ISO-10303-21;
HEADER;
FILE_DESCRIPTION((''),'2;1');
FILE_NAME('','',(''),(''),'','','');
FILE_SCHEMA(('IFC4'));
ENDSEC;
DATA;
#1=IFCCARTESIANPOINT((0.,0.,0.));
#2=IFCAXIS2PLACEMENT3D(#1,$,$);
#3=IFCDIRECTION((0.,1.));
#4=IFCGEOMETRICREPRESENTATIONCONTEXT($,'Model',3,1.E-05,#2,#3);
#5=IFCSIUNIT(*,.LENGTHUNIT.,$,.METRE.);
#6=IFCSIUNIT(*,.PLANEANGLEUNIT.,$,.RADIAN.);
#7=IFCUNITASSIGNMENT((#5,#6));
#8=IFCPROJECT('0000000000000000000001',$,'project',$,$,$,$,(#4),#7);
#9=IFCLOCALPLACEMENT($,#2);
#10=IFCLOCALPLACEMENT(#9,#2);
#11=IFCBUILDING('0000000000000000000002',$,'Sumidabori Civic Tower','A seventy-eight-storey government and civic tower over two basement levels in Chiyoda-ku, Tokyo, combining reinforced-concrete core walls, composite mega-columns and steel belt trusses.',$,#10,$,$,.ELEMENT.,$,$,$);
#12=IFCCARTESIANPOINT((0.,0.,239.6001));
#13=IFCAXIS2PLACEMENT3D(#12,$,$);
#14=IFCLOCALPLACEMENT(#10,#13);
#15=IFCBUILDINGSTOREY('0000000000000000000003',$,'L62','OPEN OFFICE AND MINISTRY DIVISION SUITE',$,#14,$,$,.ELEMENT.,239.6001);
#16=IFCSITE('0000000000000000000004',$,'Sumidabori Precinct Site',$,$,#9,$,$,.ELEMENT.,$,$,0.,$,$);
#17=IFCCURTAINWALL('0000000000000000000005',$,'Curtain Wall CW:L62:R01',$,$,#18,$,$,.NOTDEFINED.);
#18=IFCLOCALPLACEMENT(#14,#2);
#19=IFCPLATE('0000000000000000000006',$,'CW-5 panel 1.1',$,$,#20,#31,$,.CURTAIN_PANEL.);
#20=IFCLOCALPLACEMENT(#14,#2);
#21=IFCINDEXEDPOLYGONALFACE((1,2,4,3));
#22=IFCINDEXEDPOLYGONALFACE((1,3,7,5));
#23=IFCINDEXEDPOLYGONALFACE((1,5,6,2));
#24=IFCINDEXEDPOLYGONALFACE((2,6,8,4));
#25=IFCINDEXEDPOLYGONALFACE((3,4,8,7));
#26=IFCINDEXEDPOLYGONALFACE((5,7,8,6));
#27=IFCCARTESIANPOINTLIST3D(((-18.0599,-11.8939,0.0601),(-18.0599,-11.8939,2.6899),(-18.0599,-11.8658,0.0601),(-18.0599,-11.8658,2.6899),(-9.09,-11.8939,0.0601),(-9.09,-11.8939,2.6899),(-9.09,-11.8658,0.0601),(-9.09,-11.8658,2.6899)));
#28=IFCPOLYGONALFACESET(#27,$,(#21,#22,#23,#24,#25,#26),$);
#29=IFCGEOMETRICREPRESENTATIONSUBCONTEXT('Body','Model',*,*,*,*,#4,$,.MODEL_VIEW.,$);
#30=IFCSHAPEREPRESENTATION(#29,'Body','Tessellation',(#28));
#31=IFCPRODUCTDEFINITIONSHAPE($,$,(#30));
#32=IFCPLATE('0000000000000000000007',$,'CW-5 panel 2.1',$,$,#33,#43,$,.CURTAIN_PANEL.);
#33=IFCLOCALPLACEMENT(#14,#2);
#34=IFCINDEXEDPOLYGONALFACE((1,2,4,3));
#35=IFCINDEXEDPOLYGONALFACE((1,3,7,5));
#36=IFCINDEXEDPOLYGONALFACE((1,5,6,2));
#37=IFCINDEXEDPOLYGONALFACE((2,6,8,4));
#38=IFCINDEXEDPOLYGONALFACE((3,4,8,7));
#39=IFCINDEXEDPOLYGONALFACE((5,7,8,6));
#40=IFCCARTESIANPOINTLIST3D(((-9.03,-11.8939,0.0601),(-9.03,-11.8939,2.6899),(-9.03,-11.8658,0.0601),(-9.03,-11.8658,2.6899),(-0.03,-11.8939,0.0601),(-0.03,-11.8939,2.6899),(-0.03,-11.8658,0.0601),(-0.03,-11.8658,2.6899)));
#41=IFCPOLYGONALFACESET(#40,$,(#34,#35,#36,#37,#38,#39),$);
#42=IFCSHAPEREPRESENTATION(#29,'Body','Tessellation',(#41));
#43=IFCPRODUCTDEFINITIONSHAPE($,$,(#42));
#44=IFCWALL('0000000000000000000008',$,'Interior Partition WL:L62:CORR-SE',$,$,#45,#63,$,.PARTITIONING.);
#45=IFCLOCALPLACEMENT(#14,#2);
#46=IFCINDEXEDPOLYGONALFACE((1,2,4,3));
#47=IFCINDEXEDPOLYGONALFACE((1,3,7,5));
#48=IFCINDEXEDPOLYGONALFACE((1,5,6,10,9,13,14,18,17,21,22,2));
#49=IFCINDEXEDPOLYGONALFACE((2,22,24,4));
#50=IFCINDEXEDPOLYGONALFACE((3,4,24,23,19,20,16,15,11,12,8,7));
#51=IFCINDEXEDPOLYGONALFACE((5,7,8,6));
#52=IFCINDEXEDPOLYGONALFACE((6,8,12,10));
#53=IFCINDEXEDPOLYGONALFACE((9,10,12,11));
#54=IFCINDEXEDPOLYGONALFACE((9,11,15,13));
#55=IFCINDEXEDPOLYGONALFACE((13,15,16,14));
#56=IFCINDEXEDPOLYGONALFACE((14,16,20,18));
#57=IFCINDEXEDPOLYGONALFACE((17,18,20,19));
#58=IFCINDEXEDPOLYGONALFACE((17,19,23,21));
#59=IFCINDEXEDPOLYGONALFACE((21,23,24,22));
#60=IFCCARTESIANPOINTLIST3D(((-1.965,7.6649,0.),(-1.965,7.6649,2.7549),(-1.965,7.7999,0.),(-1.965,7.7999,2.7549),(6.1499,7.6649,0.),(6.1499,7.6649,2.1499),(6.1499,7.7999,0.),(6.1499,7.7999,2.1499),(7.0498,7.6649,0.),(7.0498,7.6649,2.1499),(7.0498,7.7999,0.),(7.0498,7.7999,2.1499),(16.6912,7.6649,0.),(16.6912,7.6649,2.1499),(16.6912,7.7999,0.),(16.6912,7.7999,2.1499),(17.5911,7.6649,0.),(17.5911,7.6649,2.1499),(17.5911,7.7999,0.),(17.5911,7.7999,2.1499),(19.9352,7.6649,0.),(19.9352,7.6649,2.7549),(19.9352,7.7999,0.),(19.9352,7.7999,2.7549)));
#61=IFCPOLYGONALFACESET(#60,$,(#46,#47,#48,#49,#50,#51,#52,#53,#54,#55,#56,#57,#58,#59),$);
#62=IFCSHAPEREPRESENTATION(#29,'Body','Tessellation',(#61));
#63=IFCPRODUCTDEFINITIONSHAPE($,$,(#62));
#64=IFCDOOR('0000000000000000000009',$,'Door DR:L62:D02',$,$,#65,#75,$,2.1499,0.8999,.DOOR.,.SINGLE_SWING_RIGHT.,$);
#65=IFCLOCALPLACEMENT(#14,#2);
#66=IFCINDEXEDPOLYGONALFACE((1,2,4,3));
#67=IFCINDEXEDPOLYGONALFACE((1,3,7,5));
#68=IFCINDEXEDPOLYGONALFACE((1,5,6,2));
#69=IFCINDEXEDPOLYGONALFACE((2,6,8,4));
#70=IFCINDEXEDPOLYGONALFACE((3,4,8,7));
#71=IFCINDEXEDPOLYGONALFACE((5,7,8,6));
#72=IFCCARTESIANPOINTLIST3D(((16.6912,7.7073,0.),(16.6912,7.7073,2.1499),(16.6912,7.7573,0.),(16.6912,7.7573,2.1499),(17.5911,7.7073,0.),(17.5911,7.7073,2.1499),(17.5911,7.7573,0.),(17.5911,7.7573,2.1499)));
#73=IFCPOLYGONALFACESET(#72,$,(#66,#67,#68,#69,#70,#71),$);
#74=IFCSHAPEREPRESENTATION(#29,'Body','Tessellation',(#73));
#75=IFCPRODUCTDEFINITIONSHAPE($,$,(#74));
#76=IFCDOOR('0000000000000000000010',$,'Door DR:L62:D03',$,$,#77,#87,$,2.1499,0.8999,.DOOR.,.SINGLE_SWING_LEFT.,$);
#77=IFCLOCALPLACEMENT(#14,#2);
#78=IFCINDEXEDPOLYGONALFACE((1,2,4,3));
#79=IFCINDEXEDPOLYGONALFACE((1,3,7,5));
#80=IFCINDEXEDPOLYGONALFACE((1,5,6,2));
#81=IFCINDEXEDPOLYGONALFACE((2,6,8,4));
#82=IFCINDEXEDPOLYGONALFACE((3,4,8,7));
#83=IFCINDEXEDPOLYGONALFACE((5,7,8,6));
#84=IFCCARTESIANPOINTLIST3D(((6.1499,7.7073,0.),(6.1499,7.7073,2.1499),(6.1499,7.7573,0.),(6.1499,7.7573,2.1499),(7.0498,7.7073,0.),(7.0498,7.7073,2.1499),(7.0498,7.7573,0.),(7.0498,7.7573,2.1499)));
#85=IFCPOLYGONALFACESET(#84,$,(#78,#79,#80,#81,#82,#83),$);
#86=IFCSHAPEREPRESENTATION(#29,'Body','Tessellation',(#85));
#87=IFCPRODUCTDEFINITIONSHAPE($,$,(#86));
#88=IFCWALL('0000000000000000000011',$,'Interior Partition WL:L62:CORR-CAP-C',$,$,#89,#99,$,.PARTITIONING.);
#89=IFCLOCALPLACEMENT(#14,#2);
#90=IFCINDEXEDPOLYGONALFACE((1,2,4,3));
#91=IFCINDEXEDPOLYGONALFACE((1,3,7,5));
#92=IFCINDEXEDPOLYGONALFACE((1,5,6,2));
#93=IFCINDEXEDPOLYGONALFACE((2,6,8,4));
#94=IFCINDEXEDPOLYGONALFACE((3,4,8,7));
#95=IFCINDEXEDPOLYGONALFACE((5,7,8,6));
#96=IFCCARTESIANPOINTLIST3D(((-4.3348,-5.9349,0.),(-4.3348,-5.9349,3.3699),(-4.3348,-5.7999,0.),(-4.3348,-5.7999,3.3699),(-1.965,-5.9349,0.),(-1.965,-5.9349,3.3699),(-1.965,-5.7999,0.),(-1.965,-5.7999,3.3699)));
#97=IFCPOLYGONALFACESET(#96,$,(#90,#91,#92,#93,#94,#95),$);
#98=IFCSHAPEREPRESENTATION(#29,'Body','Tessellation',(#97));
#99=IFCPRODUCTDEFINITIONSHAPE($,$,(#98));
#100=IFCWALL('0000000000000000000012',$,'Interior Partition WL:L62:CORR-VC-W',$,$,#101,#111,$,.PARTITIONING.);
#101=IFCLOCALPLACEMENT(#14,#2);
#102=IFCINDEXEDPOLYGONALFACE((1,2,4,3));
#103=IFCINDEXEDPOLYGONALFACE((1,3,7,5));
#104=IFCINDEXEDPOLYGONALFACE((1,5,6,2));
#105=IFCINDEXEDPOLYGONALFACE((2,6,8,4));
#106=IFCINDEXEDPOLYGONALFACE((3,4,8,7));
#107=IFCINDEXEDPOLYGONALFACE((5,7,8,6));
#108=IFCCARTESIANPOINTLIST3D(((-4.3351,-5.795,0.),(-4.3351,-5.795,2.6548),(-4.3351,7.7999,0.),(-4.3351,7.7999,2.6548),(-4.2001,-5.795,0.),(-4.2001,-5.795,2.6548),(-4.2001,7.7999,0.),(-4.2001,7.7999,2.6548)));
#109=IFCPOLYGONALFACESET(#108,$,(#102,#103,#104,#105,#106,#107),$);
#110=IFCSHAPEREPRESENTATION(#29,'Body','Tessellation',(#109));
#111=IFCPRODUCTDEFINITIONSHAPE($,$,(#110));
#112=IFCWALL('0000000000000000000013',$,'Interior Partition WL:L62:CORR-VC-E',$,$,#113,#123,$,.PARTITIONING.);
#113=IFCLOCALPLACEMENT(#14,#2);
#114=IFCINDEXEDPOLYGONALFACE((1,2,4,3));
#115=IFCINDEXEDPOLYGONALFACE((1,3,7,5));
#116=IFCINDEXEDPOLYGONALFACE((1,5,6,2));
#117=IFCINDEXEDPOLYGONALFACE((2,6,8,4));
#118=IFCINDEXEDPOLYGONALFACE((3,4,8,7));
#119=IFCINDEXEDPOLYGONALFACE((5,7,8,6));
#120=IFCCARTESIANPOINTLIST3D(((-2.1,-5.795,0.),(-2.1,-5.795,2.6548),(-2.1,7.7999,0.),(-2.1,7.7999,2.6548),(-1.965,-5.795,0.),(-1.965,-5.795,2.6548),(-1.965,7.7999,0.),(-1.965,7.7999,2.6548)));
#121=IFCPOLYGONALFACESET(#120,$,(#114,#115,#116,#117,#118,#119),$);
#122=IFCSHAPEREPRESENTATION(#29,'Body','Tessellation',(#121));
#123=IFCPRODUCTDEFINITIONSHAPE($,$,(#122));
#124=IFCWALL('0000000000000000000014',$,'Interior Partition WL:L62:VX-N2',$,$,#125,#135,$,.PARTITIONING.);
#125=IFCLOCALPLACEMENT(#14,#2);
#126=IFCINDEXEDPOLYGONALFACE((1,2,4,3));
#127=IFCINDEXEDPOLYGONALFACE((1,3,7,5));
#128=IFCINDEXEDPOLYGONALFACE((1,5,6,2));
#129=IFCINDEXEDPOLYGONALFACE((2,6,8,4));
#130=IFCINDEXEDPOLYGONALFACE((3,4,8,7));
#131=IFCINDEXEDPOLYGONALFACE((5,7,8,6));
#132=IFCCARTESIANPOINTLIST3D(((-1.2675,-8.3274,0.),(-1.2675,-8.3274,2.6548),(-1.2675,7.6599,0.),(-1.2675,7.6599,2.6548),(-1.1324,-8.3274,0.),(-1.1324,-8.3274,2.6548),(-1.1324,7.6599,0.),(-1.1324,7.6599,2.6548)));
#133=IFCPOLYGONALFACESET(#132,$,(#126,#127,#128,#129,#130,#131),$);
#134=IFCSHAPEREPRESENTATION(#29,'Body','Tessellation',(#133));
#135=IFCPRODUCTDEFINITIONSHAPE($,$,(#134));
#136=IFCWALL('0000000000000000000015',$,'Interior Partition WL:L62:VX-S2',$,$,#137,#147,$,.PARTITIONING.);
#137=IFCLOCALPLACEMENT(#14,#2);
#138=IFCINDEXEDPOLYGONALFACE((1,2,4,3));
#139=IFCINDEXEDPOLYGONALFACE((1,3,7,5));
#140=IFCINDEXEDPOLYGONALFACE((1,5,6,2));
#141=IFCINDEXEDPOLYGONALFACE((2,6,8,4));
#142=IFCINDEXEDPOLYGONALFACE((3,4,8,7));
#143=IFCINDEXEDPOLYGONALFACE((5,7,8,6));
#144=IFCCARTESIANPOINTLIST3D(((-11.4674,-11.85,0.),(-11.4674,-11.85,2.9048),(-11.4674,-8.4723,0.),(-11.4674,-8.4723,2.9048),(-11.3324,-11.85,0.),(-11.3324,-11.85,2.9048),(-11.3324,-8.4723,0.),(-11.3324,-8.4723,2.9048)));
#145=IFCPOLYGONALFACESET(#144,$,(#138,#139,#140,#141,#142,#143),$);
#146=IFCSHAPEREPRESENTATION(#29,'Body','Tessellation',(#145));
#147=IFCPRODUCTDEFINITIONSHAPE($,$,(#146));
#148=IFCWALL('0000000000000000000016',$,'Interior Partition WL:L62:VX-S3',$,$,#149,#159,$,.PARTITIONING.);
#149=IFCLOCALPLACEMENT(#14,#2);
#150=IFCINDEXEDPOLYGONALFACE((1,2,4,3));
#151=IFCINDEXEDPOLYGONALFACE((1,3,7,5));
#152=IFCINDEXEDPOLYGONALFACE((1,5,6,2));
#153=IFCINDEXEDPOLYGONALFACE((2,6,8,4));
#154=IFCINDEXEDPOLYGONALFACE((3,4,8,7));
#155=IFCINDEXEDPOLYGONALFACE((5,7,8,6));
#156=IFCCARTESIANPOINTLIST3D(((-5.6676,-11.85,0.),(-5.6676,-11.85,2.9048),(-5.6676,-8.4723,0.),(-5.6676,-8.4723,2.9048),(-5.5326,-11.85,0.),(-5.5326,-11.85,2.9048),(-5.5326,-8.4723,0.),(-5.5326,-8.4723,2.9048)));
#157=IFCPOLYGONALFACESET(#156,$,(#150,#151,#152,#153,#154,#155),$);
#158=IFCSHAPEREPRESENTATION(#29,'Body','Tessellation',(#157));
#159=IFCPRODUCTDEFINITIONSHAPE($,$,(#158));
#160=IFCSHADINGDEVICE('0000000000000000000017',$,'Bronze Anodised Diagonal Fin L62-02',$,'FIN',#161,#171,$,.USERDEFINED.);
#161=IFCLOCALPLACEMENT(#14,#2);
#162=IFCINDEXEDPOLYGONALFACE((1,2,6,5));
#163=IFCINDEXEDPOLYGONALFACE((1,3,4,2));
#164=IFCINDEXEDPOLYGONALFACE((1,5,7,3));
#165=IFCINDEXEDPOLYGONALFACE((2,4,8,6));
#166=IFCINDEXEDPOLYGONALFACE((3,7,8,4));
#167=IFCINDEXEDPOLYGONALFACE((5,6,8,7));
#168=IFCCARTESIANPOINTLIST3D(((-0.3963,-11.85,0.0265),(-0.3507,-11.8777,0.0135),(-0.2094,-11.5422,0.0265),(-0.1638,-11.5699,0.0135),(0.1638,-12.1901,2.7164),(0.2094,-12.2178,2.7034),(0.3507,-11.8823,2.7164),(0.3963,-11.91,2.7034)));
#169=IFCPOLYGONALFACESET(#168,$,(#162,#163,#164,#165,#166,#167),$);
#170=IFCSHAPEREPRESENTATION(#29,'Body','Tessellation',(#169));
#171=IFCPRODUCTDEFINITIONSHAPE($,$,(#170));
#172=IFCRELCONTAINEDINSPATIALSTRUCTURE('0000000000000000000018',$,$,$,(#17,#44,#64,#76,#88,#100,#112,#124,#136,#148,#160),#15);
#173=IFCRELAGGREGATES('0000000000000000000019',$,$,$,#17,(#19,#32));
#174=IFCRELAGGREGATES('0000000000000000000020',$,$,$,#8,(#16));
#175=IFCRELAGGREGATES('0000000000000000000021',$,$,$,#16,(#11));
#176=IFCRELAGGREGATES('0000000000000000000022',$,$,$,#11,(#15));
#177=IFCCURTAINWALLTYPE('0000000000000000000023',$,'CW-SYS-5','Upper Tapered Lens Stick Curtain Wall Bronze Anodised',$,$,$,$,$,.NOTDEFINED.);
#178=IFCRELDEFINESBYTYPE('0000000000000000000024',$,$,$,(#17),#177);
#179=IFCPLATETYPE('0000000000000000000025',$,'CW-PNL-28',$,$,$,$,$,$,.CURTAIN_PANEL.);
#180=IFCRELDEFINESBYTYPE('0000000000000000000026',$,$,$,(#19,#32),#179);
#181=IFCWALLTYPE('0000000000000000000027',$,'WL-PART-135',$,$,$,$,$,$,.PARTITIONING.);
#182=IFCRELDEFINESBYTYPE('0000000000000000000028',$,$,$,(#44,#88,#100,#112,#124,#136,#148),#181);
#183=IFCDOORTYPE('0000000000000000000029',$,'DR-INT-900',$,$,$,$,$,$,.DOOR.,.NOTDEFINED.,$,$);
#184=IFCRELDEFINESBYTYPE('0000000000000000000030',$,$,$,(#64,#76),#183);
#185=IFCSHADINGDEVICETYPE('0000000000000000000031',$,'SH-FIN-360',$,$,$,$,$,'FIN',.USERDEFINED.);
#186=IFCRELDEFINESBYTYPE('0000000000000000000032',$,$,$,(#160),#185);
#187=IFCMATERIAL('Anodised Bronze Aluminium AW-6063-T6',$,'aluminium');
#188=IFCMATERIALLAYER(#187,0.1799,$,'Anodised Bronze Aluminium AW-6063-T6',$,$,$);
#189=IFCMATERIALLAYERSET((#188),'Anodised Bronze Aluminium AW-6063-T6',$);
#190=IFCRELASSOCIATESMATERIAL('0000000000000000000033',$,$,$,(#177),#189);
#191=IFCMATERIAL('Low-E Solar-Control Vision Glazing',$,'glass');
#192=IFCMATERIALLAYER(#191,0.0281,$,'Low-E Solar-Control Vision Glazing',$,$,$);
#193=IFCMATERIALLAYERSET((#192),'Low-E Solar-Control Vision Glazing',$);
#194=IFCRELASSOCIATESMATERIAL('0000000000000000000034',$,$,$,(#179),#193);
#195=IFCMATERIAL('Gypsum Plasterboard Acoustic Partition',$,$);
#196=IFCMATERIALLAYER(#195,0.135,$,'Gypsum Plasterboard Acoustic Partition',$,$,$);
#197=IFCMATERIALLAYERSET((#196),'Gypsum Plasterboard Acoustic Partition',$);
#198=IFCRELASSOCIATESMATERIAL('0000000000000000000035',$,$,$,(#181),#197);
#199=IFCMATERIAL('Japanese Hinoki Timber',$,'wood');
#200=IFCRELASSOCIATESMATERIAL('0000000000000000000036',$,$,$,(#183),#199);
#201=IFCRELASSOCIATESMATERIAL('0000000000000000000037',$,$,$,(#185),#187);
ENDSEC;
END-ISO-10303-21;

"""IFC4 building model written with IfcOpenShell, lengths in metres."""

from ifc_helpers import new_model, si_unit, direction, frame, frame_2d, origin, origin_2d, place, context, subcontext, project, spatial, rectangle, extrude, source, transform, mapped, material, layer, layer_set, material_profile, profile_set, type_object, element, fill, aggregate, save


model = new_model("IFC4")

# Units and contexts
model_context = context("Model", 3, precision=1e-05, world=origin(), true_north=direction((0.0, 1.0)))
body_context = subcontext(model_context, "Body", "Model", "MODEL_VIEW")
ifc_project = project(units=[si_unit("LENGTHUNIT", "METRE"), si_unit("PLANEANGLEUNIT", "RADIAN")], contexts=[model_context])

# Site, building, storey
site_placement = place(None, origin())
site = spatial("IfcSite", under=ifc_project, at=site_placement, Name="Sumidabori Precinct Site", CompositionType="ELEMENT", RefElevation=0.0)
building_placement = place(site_placement, origin())
building = spatial("IfcBuilding", under=site, at=building_placement, Name="Sumidabori Civic Tower", Description="A seventy-eight-storey government and civic tower over two basement levels in Chiyoda-ku, Tokyo, combining reinforced-concrete core walls, composite mega-columns and steel belt trusses.", CompositionType="ELEMENT")
storey_placement = place(building_placement, frame((0.0, 0.0, 239.6001)))
storey = spatial("IfcBuildingStorey", under=building, at=storey_placement, Name="L62", Description="OPEN OFFICE AND MINISTRY DIVISION SUITE", CompositionType="ELEMENT", Elevation=239.6001)

# Curtain wall
ifc_material_1 = material(Name="Anodised Bronze Aluminium AW-6063-T6", Category="aluminium")
ifc_layer_1 = layer(ifc_material_1, 0.1799, Name="Anodised Bronze Aluminium AW-6063-T6")
ifc_layer_set_1 = layer_set([ifc_layer_1], Name="Anodised Bronze Aluminium AW-6063-T6")
curtain_wall_type = type_object("IfcCurtainWallType", Name="CW-SYS-5", Description="Upper Tapered Lens Stick Curtain Wall Bronze Anodised", PredefinedType="NOTDEFINED", material=ifc_layer_set_1)
curtain_wall_placement = place(storey_placement, origin())
curtain_wall = element("IfcCurtainWall", 1, at=curtain_wall_placement, inside=storey, type_object=curtain_wall_type, Name="Curtain Wall CW:L62:R01", PredefinedType="NOTDEFINED")

# Plates
ifc_material_2 = material(Name="Low-E Solar-Control Vision Glazing", Category="glass")
ifc_layer_2 = layer(ifc_material_2, 0.0281, Name="Low-E Solar-Control Vision Glazing")
ifc_layer_set_2 = layer_set([ifc_layer_2], Name="Low-E Solar-Control Vision Glazing")
plate_type = type_object("IfcPlateType", Name="CW-PNL-28", PredefinedType="CURTAIN_PANEL", material=ifc_layer_set_2)
shared_shape_1 = source(origin(), body_context, "Body", "SweptSolid", [
    extrude(rectangle(XDim=8.97, YDim=0.0281, at=origin_2d()), origin(), (0.0, 0.0, 1.0), 2.6299),
])
plate_1_placement = place(storey_placement, frame((-13.575, -11.8799, 0.0601), z_axis=(0.0, 0.0, 1.0), x_axis=(1.0, 0.0, 0.0)))
plate_1 = element("IfcPlate", 2, at=plate_1_placement, type_object=plate_type, Name="CW-5 panel 1.1", PredefinedType="CURTAIN_PANEL", context=body_context, shape_type="MappedRepresentation", body=[
    mapped(shared_shape_1, transform((0.0, 0.0, 0.0), x_axis=(1.0, 0.0, 0.0), y_axis=(0.0, 1.0, 0.0), z_axis=(0.0, 0.0, 1.0), scale=1.0)),
])
shared_shape_2 = source(origin(), body_context, "Body", "SweptSolid", [
    extrude(rectangle(XDim=9.0, YDim=0.0281, at=origin_2d()), origin(), (0.0, 0.0, 1.0), 2.6299),
])
plate_2_placement = place(storey_placement, frame((-4.53, -11.8799, 0.0601), z_axis=(0.0, 0.0, 1.0), x_axis=(1.0, 0.0, 0.0)))
plate_2 = element("IfcPlate", 3, at=plate_2_placement, type_object=plate_type, Name="CW-5 panel 2.1", PredefinedType="CURTAIN_PANEL", context=body_context, shape_type="MappedRepresentation", body=[
    mapped(shared_shape_2, transform((0.0, 0.0, 0.0), x_axis=(1.0, 0.0, 0.0), y_axis=(0.0, 1.0, 0.0), z_axis=(0.0, 0.0, 1.0), scale=1.0)),
])
aggregate(curtain_wall, [plate_1, plate_2])

# Wall, openings, doors
ifc_material_3 = material(Name="Gypsum Plasterboard Acoustic Partition")
ifc_layer_3 = layer(ifc_material_3, 0.135, Name="Gypsum Plasterboard Acoustic Partition")
ifc_layer_set_3 = layer_set([ifc_layer_3], Name="Gypsum Plasterboard Acoustic Partition")
wall_type = type_object("IfcWallType", Name="WL-PART-135", PredefinedType="PARTITIONING", material=ifc_layer_set_3)
shared_shape_3 = source(origin(), body_context, "Body", "SweptSolid", [
    extrude(rectangle(XDim=21.9001, YDim=0.135, at=frame_2d((10.9502, 0.0))), origin(), (0.0, 0.0, 1.0), 2.7549),
])
wall_1_placement = place(storey_placement, frame((-1.9651, 7.7324, 0.0), z_axis=(0.0, 0.0, 1.0), x_axis=(1.0, 0.0, 0.0)))
wall_1 = element("IfcWall", 4, at=wall_1_placement, inside=storey, type_object=wall_type, Name="Interior Partition WL:L62:CORR-SE", PredefinedType="PARTITIONING", context=body_context, shape_type="MappedRepresentation", body=[
    mapped(shared_shape_3, transform((0.0, 0.0, 0.0), x_axis=(1.0, 0.0, 0.0), y_axis=(0.0, 1.0, 0.0), z_axis=(0.0, 0.0, 1.0), scale=1.0)),
])
opening_1_placement = place(wall_1_placement, frame((18.6562, 0.0, 0.0)))
opening_1 = element("IfcOpeningElement", 5, at=opening_1_placement, cuts=wall_1, PredefinedType="OPENING", context=body_context, shape_type="SweptSolid", body=[
    extrude(rectangle(XDim=0.8999, YDim=2.1499, at=frame_2d((0.45, 1.075))), frame((0.0, 0.0796, 0.0), z_axis=(0.0, -1.0, 0.0), x_axis=(1.0, 0.0, 0.0)), (0.0, 0.0, 1.0), 0.1589),
])
opening_2_placement = place(wall_1_placement, frame((8.115, 0.0, 0.0)))
opening_2 = element("IfcOpeningElement", 6, at=opening_2_placement, cuts=wall_1, PredefinedType="OPENING", context=body_context, shape_type="SweptSolid", body=[
    extrude(rectangle(XDim=0.8999, YDim=2.1499, at=frame_2d((0.45, 1.075))), frame((0.0, 0.0796, 0.0), z_axis=(0.0, -1.0, 0.0), x_axis=(1.0, 0.0, 0.0)), (0.0, 0.0, 1.0), 0.1589),
])
ifc_material_4 = material(Name="Japanese Hinoki Timber", Category="wood")
door_type = type_object("IfcDoorType", Name="DR-INT-900", OperationType="NOTDEFINED", PredefinedType="DOOR", material=ifc_material_4)
shared_shape_4 = source(origin(), body_context, "Body", "SweptSolid", [
    extrude(rectangle(XDim=0.8999, YDim=2.1499, at=frame_2d((0.45, 1.075))), frame((0.0, 0.0249, 0.0), z_axis=(0.0, -1.0, 0.0), x_axis=(1.0, 0.0, 0.0)), (0.0, 0.0, 1.0), 0.05),
])
door_1_placement = place(opening_1_placement, origin())
door_1 = element("IfcDoor", 7, at=door_1_placement, inside=storey, type_object=door_type, Name="Door DR:L62:D02", OperationType="SINGLE_SWING_RIGHT", OverallHeight=2.1499, OverallWidth=0.8999, PredefinedType="DOOR", context=body_context, shape_type="MappedRepresentation", body=[
    mapped(shared_shape_4, transform((0.0, 0.0, 0.0), x_axis=(1.0, 0.0, 0.0), y_axis=(0.0, 1.0, 0.0), z_axis=(0.0, 0.0, 1.0), scale=1.0)),
])
fill(opening_1, door_1)
door_2_placement = place(opening_2_placement, origin())
door_2 = element("IfcDoor", 8, at=door_2_placement, inside=storey, type_object=door_type, Name="Door DR:L62:D03", OperationType="SINGLE_SWING_LEFT", OverallHeight=2.1499, OverallWidth=0.8999, PredefinedType="DOOR", context=body_context, shape_type="MappedRepresentation", body=[
    mapped(shared_shape_4, transform((0.0, 0.0, 0.0), x_axis=(1.0, 0.0, 0.0), y_axis=(0.0, 1.0, 0.0), z_axis=(0.0, 0.0, 1.0), scale=1.0)),
])
fill(opening_2, door_2)

# Walls
shared_shape_5 = source(origin(), body_context, "Body", "SweptSolid", [
    extrude(rectangle(XDim=2.3699, YDim=0.135, at=frame_2d((1.1851, 0.0))), origin(), (0.0, 0.0, 1.0), 3.3699),
])
wall_2_placement = place(storey_placement, frame((-4.335, -5.8674, 0.0), z_axis=(0.0, 0.0, 1.0), x_axis=(1.0, 0.0, 0.0)))
element("IfcWall", 9, at=wall_2_placement, inside=storey, type_object=wall_type, Name="Interior Partition WL:L62:CORR-CAP-C", PredefinedType="PARTITIONING", context=body_context, shape_type="MappedRepresentation", body=[
    mapped(shared_shape_5, transform((0.0, 0.0, 0.0), x_axis=(1.0, 0.0, 0.0), y_axis=(0.0, 1.0, 0.0), z_axis=(0.0, 0.0, 1.0), scale=1.0)),
])
shared_shape_6 = source(origin(), body_context, "Body", "SweptSolid", [
    extrude(rectangle(XDim=13.595, YDim=0.135, at=frame_2d((6.7974, 0.0))), origin(), (0.0, 0.0, 1.0), 2.6548),
])
for number, where, z_axis, x_axis, name in (
    (10, (-4.2676, -5.7949, 0.0), (0.0, 0.0, 1.0), (0.0, 1.0, 0.0), "Interior Partition WL:L62:CORR-VC-W"),
    (11, (-2.0325, -5.7949, 0.0), (0.0, 0.0, 1.0), (0.0, 1.0, 0.0), "Interior Partition WL:L62:CORR-VC-E"),
):
    element("IfcWall", number, at=place(storey_placement, frame(where, z_axis=z_axis, x_axis=x_axis)), inside=storey, type_object=wall_type, Name=name, PredefinedType="PARTITIONING", context=body_context, shape_type="MappedRepresentation", body=[
        mapped(shared_shape_6, transform((0.0, 0.0, 0.0), x_axis=(1.0, 0.0, 0.0), y_axis=(0.0, 1.0, 0.0), z_axis=(0.0, 0.0, 1.0), scale=1.0)),
    ])
shared_shape_7 = source(origin(), body_context, "Body", "SweptSolid", [
    extrude(rectangle(XDim=15.9873, YDim=0.135, at=frame_2d((7.9937, 0.0))), origin(), (0.0, 0.0, 1.0), 2.6548),
])
wall_3_placement = place(storey_placement, frame((-1.2, -8.3274, 0.0), z_axis=(0.0, 0.0, 1.0), x_axis=(0.0, 1.0, 0.0)))
element("IfcWall", 12, at=wall_3_placement, inside=storey, type_object=wall_type, Name="Interior Partition WL:L62:VX-N2", PredefinedType="PARTITIONING", context=body_context, shape_type="MappedRepresentation", body=[
    mapped(shared_shape_7, transform((0.0, 0.0, 0.0), x_axis=(1.0, 0.0, 0.0), y_axis=(0.0, 1.0, 0.0), z_axis=(0.0, 0.0, 1.0), scale=1.0)),
])
shared_shape_8 = source(origin(), body_context, "Body", "SweptSolid", [
    extrude(rectangle(XDim=3.3777, YDim=0.135, at=frame_2d((1.689, 0.0))), origin(), (0.0, 0.0, 1.0), 2.9048),
])
for number, where, z_axis, x_axis, name in (
    (13, (-11.3999, -11.8501, 0.0), (0.0, 0.0, 1.0), (0.0, 1.0, 0.0), "Interior Partition WL:L62:VX-S2"),
    (14, (-5.6001, -11.8501, 0.0), (0.0, 0.0, 1.0), (0.0, 1.0, 0.0), "Interior Partition WL:L62:VX-S3"),
):
    element("IfcWall", number, at=place(storey_placement, frame(where, z_axis=z_axis, x_axis=x_axis)), inside=storey, type_object=wall_type, Name=name, PredefinedType="PARTITIONING", context=body_context, shape_type="MappedRepresentation", body=[
        mapped(shared_shape_8, transform((0.0, 0.0, 0.0), x_axis=(1.0, 0.0, 0.0), y_axis=(0.0, 1.0, 0.0), z_axis=(0.0, 0.0, 1.0), scale=1.0)),
    ])

# Shading device
ifc_material_profile_1 = material_profile(ifc_material_1, rectangle(XDim=0.0549, YDim=0.3601, at=origin_2d()), Name="BRONZE FIN 360x55")
ifc_profile_set_1 = profile_set([ifc_material_profile_1], Name="Anodised Bronze Aluminium AW-6063-T6")
shading_device_type = type_object("IfcShadingDeviceType", Name="SH-FIN-360", ElementType="FIN", PredefinedType="USERDEFINED", material=ifc_profile_set_1)
shared_shape_9 = source(origin(), body_context, "Body", "SweptSolid", [
    extrude(rectangle(XDim=0.0549, YDim=0.3601, at=origin_2d()), origin(), (0.0, 0.0, 1.0), 2.7686),
])
shading_device_placement = place(storey_placement, frame((-0.28, -11.71, 0.02), z_axis=(0.20229, -0.122838, 0.971591), x_axis=(0.83047, -0.504291, -0.236665)))
element("IfcShadingDevice", 15, at=shading_device_placement, inside=storey, type_object=shading_device_type, Name="Bronze Anodised Diagonal Fin L62-02", ObjectType="FIN", PredefinedType="USERDEFINED", context=body_context, shape_type="MappedRepresentation", body=[
    mapped(shared_shape_9, transform((0.0, 0.0, 0.0), x_axis=(1.0, 0.0, 0.0), y_axis=(0.0, 1.0, 0.0), z_axis=(0.0, 0.0, 1.0), scale=1.0)),
])

save(model, "model.ifc")
